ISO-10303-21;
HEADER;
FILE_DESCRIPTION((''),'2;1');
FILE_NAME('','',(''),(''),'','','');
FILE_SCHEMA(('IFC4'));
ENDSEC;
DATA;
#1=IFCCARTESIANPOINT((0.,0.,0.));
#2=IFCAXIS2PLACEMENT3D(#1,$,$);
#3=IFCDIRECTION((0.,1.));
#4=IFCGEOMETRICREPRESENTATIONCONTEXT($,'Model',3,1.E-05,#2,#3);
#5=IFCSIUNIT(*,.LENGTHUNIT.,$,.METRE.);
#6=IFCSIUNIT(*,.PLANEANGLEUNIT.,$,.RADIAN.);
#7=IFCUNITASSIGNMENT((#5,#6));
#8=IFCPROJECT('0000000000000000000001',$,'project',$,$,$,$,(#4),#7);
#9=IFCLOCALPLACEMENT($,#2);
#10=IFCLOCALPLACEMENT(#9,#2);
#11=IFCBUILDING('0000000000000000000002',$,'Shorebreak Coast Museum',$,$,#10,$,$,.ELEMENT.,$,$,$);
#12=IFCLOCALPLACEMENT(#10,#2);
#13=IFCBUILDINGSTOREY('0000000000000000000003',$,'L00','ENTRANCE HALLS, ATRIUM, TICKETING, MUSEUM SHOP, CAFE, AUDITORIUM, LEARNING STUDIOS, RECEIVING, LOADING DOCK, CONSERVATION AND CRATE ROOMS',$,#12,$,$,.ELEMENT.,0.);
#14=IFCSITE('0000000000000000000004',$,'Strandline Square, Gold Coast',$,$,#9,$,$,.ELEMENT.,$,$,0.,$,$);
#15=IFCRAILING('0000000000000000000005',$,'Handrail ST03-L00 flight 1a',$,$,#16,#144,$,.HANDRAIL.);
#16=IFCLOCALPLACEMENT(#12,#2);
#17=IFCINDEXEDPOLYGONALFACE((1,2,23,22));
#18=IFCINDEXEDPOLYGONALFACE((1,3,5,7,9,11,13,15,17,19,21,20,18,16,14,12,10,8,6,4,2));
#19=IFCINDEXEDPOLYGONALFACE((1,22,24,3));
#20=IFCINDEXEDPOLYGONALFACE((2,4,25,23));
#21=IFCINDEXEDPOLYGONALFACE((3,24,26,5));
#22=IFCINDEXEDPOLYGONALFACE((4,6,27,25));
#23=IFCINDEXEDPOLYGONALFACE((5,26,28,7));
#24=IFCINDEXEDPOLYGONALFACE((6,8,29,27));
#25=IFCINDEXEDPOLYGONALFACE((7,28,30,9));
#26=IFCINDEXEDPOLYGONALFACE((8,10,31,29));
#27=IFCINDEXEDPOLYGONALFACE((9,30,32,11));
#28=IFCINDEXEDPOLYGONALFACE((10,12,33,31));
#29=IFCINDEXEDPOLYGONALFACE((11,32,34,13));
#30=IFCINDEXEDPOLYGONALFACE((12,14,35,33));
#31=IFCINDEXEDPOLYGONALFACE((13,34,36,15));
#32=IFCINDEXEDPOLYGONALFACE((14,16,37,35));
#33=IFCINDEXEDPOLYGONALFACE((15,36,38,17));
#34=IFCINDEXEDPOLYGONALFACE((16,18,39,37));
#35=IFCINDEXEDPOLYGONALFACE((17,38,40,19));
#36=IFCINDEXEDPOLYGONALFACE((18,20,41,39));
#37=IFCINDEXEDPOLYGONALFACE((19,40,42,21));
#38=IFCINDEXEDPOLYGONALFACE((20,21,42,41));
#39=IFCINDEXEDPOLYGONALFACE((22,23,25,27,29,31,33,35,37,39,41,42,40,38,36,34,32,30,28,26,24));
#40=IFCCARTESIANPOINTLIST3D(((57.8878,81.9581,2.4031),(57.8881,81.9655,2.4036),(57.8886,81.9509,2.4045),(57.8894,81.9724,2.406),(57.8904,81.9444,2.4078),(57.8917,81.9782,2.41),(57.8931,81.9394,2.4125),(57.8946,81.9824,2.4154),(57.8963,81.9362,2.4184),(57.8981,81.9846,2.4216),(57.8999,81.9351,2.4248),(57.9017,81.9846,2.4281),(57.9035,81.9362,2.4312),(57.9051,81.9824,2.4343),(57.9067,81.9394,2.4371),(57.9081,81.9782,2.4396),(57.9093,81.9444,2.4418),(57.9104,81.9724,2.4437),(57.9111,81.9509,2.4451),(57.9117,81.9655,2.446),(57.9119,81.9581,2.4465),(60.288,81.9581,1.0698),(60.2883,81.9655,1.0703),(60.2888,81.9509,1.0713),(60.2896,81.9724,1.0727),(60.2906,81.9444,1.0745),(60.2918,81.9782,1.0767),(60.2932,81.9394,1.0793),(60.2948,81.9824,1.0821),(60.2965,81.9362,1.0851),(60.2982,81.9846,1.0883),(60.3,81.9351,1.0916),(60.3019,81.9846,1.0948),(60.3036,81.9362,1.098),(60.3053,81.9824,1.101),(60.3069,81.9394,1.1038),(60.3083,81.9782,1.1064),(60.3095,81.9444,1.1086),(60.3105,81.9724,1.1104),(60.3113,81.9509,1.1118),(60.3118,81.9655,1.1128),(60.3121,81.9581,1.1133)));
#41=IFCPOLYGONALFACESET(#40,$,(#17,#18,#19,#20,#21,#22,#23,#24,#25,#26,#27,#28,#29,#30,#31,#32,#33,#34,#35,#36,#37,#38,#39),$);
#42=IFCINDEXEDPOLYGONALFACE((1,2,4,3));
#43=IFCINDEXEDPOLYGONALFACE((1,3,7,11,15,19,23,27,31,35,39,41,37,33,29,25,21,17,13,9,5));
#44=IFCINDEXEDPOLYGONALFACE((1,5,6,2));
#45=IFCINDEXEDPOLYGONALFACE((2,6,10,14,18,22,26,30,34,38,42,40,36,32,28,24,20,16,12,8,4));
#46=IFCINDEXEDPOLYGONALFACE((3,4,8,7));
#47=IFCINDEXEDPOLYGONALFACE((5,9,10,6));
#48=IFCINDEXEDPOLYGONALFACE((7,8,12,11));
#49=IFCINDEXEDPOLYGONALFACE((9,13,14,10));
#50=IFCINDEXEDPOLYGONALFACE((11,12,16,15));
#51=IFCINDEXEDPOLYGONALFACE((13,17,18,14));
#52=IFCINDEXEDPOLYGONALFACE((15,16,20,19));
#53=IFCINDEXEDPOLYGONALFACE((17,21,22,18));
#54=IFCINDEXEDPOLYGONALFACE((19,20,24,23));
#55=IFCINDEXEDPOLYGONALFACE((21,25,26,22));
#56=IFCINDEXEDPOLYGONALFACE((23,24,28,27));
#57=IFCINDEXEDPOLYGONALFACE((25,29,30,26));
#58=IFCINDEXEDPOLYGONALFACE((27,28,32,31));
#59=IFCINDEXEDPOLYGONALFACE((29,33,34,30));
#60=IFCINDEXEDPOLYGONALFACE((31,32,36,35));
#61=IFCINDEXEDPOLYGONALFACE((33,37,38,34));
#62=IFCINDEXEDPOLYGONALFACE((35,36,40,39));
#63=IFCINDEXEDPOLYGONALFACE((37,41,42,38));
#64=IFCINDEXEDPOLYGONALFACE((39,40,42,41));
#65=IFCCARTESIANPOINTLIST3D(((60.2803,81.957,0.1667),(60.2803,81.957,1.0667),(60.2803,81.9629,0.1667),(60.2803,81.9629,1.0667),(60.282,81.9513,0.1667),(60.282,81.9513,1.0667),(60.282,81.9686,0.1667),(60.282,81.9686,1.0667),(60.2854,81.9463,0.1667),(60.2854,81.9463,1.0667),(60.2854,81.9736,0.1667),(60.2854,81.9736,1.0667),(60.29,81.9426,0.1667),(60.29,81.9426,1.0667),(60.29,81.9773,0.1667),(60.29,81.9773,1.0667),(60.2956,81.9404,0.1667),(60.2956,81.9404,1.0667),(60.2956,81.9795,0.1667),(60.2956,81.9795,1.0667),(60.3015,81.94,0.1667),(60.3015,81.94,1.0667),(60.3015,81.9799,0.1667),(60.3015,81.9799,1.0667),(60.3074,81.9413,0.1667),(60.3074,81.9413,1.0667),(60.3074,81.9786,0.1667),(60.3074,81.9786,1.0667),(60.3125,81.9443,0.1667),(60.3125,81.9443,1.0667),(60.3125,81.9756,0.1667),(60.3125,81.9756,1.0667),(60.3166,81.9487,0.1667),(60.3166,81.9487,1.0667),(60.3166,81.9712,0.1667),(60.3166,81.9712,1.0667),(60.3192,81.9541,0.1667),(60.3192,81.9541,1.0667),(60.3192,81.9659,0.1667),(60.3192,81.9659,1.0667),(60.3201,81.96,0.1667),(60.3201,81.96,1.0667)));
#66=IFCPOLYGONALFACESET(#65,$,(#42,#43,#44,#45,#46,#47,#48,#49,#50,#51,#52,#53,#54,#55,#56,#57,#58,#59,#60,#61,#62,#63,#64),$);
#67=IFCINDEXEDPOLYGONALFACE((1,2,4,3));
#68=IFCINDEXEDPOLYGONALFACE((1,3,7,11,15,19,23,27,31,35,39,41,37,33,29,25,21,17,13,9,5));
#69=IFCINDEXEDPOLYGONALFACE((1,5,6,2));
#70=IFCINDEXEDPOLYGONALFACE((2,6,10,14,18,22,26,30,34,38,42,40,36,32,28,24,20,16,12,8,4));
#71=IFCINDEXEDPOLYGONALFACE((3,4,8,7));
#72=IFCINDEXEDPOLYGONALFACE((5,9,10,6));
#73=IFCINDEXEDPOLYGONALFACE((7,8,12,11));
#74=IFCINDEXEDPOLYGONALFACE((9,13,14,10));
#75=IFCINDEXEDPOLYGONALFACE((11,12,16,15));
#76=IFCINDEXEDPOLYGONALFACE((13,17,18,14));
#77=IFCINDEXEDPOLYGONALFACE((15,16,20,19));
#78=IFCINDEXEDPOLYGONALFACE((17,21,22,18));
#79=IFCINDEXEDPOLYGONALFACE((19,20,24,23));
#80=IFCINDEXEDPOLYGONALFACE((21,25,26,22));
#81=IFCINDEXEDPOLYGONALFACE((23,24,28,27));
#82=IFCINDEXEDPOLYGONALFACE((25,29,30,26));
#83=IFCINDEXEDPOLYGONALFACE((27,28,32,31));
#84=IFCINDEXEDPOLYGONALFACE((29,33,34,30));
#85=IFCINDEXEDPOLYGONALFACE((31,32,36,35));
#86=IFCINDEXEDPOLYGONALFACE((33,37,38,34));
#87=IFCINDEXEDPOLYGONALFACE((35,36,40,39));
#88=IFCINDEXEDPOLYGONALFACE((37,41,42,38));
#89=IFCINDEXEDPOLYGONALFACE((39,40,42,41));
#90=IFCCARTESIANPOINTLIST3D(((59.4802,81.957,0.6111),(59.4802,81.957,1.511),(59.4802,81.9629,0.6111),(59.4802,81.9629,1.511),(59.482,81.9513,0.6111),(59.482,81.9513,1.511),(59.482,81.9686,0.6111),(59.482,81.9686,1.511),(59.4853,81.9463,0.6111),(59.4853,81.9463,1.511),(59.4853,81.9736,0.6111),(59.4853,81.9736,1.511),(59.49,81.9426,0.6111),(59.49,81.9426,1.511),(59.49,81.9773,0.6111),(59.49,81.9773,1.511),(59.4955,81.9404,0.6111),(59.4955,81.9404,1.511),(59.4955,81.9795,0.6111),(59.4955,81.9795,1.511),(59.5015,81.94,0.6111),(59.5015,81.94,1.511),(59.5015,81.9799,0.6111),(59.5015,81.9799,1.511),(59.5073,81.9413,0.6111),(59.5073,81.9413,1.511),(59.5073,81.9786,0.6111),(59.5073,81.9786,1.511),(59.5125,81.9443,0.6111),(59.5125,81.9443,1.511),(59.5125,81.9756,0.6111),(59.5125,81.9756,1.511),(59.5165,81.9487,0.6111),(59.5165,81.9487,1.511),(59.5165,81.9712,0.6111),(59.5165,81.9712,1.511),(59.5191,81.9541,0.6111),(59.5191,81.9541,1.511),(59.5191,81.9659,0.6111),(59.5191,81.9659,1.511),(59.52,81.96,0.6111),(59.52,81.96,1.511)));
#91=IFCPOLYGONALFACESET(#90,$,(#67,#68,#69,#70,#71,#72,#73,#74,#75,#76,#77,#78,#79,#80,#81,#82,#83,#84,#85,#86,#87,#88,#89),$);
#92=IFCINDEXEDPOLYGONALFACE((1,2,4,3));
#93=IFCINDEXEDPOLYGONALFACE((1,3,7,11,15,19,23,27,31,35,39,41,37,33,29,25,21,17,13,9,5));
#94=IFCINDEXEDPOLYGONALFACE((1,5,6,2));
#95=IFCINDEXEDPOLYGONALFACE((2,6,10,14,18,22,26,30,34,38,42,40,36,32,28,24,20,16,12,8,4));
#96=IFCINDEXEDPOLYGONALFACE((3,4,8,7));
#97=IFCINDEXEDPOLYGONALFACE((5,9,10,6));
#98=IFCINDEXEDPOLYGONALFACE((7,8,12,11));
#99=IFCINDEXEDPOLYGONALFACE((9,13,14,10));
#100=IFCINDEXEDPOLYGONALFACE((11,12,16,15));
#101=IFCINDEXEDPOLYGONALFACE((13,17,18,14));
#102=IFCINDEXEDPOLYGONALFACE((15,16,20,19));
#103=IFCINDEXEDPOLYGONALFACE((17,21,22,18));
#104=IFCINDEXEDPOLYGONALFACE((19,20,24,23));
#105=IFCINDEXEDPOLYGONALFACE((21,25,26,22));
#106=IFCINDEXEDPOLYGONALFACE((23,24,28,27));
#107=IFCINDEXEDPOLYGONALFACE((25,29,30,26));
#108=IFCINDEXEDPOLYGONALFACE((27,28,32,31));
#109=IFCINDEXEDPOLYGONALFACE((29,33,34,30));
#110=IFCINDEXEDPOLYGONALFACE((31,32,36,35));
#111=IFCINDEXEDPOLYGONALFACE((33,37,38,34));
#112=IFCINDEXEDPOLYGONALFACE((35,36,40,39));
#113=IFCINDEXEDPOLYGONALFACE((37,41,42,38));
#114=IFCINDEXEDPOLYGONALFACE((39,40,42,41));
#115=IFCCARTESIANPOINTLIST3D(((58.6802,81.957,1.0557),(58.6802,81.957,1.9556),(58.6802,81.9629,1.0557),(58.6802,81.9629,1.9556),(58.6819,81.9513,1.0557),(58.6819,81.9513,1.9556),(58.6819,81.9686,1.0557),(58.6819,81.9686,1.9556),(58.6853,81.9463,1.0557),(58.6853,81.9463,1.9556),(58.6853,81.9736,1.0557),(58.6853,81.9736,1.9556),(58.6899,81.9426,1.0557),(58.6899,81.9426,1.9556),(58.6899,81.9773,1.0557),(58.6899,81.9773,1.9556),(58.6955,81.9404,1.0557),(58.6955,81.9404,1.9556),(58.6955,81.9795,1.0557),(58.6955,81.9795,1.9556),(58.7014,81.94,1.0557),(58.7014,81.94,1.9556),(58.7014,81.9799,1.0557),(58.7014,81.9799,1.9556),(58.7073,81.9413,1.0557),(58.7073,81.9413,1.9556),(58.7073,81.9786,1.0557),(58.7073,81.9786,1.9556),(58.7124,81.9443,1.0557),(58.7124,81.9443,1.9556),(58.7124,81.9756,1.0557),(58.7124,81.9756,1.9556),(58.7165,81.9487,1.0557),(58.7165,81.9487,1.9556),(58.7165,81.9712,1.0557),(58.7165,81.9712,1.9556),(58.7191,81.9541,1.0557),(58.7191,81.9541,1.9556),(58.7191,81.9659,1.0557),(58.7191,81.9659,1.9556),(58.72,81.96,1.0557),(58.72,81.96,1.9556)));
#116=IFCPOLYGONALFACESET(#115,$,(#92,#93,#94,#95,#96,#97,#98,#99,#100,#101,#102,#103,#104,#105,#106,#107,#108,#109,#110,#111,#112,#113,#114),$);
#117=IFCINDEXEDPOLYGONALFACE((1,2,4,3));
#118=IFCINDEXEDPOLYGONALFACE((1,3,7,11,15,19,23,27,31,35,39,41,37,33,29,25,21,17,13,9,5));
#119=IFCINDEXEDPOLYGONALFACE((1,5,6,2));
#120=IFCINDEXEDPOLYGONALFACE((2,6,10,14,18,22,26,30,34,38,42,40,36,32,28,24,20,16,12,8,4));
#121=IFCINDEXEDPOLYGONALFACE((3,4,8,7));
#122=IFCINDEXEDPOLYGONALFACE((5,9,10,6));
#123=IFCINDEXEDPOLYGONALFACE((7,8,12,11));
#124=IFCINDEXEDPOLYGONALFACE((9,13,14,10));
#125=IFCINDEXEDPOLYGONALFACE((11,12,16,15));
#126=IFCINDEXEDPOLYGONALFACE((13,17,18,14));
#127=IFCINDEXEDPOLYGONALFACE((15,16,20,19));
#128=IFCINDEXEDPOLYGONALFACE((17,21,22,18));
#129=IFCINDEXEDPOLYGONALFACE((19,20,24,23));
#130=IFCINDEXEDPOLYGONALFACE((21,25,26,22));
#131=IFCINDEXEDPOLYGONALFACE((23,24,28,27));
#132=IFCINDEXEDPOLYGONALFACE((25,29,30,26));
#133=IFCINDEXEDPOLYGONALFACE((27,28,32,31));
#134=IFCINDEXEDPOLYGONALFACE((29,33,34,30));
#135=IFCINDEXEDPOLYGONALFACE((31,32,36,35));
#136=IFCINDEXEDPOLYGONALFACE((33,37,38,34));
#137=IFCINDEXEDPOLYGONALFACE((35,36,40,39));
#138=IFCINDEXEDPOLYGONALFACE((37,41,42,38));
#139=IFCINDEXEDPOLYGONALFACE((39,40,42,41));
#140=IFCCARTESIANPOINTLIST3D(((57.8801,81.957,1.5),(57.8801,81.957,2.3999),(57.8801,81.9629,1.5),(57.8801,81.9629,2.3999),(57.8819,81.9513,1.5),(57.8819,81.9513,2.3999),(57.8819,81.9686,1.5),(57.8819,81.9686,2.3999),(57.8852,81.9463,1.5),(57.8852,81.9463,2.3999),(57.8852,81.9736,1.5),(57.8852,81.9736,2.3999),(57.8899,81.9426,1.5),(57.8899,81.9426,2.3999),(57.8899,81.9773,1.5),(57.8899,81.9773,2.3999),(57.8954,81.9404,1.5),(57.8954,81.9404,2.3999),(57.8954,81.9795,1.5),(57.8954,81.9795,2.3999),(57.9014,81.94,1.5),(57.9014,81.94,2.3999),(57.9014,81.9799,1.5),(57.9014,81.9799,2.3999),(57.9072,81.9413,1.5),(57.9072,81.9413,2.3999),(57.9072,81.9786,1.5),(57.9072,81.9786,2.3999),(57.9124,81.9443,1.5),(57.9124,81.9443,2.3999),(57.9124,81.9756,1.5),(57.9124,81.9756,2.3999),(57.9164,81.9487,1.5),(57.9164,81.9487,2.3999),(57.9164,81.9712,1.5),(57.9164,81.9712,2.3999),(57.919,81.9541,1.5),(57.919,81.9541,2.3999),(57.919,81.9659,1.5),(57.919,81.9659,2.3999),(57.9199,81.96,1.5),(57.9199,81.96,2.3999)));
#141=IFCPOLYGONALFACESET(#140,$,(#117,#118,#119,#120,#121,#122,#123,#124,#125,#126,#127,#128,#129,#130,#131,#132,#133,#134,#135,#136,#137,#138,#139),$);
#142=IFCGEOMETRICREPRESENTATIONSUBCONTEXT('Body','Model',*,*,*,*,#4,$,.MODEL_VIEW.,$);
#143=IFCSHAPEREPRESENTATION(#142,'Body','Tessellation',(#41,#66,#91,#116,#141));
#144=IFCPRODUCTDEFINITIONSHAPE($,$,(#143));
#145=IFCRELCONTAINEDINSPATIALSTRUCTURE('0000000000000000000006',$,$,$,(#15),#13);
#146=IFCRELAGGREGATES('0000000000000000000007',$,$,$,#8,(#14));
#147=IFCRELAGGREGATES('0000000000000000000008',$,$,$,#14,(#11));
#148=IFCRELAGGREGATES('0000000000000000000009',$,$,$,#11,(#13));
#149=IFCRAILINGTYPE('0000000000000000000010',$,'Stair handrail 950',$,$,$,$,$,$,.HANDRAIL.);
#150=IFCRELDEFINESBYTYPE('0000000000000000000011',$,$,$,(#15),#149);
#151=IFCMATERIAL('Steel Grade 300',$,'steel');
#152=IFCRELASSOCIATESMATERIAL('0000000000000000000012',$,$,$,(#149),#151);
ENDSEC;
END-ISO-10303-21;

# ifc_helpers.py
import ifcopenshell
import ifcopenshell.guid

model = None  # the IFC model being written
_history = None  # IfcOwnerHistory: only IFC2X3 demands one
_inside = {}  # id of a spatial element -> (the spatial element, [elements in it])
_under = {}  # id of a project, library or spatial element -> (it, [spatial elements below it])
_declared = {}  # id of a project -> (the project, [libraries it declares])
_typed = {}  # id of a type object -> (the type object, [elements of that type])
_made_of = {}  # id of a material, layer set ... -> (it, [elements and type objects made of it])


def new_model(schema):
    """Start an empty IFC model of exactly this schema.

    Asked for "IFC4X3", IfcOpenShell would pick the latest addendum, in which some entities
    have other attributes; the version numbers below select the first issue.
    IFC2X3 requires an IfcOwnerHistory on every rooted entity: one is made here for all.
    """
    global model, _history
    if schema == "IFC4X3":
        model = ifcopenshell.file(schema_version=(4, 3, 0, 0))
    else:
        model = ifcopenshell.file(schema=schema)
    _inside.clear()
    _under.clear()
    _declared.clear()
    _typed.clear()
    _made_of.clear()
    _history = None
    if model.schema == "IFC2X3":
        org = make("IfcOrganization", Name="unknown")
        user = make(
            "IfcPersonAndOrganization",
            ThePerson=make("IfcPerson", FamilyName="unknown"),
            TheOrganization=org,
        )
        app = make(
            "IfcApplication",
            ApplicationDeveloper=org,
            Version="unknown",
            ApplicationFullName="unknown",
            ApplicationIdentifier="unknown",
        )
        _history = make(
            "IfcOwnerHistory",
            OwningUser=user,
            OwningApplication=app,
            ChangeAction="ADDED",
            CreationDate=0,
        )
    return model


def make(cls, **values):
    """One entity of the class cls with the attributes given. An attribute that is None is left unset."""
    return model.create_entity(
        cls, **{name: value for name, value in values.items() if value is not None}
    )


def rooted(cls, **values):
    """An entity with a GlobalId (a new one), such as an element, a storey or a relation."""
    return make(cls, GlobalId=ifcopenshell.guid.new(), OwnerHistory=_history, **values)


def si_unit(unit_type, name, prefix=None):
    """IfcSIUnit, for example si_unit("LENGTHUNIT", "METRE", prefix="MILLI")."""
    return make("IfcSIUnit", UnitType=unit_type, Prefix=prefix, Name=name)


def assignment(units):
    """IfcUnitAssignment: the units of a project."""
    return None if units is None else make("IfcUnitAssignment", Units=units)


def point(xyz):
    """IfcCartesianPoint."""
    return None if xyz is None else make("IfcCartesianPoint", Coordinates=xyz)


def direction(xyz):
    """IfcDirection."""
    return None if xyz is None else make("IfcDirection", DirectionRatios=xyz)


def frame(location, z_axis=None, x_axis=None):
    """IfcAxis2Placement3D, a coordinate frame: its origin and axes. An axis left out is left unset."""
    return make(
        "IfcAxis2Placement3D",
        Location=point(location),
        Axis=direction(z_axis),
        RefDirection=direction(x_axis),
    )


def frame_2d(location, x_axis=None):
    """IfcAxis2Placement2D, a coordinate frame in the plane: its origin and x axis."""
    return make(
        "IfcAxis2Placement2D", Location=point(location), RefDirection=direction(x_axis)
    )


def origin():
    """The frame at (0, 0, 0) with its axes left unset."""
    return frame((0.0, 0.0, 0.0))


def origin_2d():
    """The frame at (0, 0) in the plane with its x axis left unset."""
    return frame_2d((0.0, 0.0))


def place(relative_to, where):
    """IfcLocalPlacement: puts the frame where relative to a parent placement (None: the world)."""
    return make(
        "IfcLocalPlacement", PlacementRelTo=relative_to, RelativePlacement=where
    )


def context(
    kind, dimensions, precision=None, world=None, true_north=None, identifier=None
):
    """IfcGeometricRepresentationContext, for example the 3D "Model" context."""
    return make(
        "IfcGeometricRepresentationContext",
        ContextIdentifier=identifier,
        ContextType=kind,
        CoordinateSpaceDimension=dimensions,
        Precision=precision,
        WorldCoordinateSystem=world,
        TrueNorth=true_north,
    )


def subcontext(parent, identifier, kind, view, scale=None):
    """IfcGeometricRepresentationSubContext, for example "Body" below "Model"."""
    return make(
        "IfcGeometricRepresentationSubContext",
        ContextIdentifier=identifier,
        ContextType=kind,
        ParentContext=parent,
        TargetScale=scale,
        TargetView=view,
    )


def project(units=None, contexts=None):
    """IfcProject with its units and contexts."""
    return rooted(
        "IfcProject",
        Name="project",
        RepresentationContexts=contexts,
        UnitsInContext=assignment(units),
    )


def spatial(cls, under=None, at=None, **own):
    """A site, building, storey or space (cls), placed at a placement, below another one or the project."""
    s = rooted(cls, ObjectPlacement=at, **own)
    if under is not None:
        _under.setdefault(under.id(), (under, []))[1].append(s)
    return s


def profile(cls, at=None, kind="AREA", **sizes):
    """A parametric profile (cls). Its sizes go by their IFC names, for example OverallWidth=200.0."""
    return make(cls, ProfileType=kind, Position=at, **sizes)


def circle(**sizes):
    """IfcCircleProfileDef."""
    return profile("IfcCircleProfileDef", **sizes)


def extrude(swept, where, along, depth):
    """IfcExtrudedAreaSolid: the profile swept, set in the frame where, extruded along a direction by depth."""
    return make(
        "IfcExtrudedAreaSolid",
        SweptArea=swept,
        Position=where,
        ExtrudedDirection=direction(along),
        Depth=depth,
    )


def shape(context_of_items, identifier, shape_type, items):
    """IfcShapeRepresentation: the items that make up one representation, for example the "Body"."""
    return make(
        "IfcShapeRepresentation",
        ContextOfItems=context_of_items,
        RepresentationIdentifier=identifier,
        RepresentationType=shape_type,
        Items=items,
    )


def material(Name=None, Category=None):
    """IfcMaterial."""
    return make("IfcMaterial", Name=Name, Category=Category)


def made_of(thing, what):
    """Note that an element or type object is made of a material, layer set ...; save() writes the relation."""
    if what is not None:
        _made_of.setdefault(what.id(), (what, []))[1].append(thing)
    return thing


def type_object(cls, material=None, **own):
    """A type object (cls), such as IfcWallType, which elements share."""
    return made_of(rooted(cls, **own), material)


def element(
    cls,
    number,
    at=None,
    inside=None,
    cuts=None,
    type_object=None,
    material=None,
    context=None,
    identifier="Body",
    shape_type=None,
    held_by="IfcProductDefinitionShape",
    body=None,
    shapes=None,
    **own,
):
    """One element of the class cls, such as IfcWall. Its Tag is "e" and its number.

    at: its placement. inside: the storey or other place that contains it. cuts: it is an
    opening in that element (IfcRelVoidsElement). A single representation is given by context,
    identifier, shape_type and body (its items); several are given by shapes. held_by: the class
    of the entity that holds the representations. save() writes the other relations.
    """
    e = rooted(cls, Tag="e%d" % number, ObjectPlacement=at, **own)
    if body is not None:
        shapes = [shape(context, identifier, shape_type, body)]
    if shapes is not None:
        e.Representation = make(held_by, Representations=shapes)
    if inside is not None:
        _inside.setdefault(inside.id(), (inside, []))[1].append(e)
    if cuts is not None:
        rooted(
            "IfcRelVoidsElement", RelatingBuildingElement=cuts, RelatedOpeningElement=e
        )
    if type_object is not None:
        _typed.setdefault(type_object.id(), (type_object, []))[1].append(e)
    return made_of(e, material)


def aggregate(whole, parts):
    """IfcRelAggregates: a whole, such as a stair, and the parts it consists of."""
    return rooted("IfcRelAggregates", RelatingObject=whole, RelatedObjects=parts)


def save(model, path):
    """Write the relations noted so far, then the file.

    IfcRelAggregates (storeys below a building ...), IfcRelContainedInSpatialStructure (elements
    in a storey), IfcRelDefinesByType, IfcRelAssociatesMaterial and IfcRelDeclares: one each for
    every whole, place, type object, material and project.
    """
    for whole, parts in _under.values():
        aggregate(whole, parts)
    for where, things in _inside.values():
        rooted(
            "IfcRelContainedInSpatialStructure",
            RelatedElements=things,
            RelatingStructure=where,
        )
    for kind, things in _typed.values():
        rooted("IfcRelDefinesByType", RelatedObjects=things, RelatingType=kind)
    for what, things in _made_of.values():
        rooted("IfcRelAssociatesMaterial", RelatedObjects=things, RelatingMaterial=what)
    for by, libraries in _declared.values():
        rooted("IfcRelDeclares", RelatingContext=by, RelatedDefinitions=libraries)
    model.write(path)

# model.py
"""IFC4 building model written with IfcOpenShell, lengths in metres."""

from ifc_helpers import new_model, si_unit, direction, frame, origin, origin_2d, place, context, subcontext, project, spatial, circle, extrude, material, type_object, element, save


model = new_model("IFC4")

# Units and contexts
model_context = context("Model", 3, precision=1e-05, world=origin(), true_north=direction((0.0, 1.0)))
body_context = subcontext(model_context, "Body", "Model", "MODEL_VIEW")
ifc_project = project(units=[si_unit("LENGTHUNIT", "METRE"), si_unit("PLANEANGLEUNIT", "RADIAN")], contexts=[model_context])

# Site, building, storey
site_placement = place(None, origin())
site = spatial("IfcSite", under=ifc_project, at=site_placement, Name="Strandline Square, Gold Coast", CompositionType="ELEMENT", RefElevation=0.0)
building_placement = place(site_placement, origin())
building = spatial("IfcBuilding", under=site, at=building_placement, Name="Shorebreak Coast Museum", CompositionType="ELEMENT")
storey_placement = place(building_placement, origin())
storey = spatial("IfcBuildingStorey", under=building, at=storey_placement, Name="L00", Description="ENTRANCE HALLS, ATRIUM, TICKETING, MUSEUM SHOP, CAFE, AUDITORIUM, LEARNING STUDIOS, RECEIVING, LOADING DOCK, CONSERVATION AND CRATE ROOMS", CompositionType="ELEMENT", Elevation=0.0)

# Railing
ifc_material_1 = material(Name="Steel Grade 300", Category="steel")
railing_type_1 = type_object("IfcRailingType", Name="Stair handrail 950", PredefinedType="HANDRAIL", material=ifc_material_1)
for number, where, name in (
    (1, (60.3, 81.96, 0.1667), "Handrail ST03-L00 flight 1a"),
):
    element("IfcRailing", number, at=place(storey_placement, frame(where)), inside=storey, type_object=railing_type_1, Name=name, PredefinedType="HANDRAIL", context=body_context, shape_type="SweptSolid", body=[
        extrude(circle(Radius=0.0249, at=origin_2d()), frame((0.0, 0.0, 0.9248), z_axis=(-0.874182, 0.0, 0.485598), x_axis=(0.0, -1.0, 0.0)), (0.0, 0.0, 1.0), 2.7456),
        extrude(circle(Radius=0.02, at=origin_2d()), origin(), (0.0, 0.0, 1.0), 0.8999),
        extrude(circle(Radius=0.02, at=origin_2d()), frame((-0.8, 0.0, 0.4443)), (0.0, 0.0, 1.0), 0.8999),
        extrude(circle(Radius=0.02, at=origin_2d()), frame((-1.6001, 0.0, 0.8889)), (0.0, 0.0, 1.0), 0.8999),
        extrude(circle(Radius=0.02, at=origin_2d()), frame((-2.4001, 0.0, 1.3333)), (0.0, 0.0, 1.0), 0.8999),
    ])

save(model, "model.ifc")
